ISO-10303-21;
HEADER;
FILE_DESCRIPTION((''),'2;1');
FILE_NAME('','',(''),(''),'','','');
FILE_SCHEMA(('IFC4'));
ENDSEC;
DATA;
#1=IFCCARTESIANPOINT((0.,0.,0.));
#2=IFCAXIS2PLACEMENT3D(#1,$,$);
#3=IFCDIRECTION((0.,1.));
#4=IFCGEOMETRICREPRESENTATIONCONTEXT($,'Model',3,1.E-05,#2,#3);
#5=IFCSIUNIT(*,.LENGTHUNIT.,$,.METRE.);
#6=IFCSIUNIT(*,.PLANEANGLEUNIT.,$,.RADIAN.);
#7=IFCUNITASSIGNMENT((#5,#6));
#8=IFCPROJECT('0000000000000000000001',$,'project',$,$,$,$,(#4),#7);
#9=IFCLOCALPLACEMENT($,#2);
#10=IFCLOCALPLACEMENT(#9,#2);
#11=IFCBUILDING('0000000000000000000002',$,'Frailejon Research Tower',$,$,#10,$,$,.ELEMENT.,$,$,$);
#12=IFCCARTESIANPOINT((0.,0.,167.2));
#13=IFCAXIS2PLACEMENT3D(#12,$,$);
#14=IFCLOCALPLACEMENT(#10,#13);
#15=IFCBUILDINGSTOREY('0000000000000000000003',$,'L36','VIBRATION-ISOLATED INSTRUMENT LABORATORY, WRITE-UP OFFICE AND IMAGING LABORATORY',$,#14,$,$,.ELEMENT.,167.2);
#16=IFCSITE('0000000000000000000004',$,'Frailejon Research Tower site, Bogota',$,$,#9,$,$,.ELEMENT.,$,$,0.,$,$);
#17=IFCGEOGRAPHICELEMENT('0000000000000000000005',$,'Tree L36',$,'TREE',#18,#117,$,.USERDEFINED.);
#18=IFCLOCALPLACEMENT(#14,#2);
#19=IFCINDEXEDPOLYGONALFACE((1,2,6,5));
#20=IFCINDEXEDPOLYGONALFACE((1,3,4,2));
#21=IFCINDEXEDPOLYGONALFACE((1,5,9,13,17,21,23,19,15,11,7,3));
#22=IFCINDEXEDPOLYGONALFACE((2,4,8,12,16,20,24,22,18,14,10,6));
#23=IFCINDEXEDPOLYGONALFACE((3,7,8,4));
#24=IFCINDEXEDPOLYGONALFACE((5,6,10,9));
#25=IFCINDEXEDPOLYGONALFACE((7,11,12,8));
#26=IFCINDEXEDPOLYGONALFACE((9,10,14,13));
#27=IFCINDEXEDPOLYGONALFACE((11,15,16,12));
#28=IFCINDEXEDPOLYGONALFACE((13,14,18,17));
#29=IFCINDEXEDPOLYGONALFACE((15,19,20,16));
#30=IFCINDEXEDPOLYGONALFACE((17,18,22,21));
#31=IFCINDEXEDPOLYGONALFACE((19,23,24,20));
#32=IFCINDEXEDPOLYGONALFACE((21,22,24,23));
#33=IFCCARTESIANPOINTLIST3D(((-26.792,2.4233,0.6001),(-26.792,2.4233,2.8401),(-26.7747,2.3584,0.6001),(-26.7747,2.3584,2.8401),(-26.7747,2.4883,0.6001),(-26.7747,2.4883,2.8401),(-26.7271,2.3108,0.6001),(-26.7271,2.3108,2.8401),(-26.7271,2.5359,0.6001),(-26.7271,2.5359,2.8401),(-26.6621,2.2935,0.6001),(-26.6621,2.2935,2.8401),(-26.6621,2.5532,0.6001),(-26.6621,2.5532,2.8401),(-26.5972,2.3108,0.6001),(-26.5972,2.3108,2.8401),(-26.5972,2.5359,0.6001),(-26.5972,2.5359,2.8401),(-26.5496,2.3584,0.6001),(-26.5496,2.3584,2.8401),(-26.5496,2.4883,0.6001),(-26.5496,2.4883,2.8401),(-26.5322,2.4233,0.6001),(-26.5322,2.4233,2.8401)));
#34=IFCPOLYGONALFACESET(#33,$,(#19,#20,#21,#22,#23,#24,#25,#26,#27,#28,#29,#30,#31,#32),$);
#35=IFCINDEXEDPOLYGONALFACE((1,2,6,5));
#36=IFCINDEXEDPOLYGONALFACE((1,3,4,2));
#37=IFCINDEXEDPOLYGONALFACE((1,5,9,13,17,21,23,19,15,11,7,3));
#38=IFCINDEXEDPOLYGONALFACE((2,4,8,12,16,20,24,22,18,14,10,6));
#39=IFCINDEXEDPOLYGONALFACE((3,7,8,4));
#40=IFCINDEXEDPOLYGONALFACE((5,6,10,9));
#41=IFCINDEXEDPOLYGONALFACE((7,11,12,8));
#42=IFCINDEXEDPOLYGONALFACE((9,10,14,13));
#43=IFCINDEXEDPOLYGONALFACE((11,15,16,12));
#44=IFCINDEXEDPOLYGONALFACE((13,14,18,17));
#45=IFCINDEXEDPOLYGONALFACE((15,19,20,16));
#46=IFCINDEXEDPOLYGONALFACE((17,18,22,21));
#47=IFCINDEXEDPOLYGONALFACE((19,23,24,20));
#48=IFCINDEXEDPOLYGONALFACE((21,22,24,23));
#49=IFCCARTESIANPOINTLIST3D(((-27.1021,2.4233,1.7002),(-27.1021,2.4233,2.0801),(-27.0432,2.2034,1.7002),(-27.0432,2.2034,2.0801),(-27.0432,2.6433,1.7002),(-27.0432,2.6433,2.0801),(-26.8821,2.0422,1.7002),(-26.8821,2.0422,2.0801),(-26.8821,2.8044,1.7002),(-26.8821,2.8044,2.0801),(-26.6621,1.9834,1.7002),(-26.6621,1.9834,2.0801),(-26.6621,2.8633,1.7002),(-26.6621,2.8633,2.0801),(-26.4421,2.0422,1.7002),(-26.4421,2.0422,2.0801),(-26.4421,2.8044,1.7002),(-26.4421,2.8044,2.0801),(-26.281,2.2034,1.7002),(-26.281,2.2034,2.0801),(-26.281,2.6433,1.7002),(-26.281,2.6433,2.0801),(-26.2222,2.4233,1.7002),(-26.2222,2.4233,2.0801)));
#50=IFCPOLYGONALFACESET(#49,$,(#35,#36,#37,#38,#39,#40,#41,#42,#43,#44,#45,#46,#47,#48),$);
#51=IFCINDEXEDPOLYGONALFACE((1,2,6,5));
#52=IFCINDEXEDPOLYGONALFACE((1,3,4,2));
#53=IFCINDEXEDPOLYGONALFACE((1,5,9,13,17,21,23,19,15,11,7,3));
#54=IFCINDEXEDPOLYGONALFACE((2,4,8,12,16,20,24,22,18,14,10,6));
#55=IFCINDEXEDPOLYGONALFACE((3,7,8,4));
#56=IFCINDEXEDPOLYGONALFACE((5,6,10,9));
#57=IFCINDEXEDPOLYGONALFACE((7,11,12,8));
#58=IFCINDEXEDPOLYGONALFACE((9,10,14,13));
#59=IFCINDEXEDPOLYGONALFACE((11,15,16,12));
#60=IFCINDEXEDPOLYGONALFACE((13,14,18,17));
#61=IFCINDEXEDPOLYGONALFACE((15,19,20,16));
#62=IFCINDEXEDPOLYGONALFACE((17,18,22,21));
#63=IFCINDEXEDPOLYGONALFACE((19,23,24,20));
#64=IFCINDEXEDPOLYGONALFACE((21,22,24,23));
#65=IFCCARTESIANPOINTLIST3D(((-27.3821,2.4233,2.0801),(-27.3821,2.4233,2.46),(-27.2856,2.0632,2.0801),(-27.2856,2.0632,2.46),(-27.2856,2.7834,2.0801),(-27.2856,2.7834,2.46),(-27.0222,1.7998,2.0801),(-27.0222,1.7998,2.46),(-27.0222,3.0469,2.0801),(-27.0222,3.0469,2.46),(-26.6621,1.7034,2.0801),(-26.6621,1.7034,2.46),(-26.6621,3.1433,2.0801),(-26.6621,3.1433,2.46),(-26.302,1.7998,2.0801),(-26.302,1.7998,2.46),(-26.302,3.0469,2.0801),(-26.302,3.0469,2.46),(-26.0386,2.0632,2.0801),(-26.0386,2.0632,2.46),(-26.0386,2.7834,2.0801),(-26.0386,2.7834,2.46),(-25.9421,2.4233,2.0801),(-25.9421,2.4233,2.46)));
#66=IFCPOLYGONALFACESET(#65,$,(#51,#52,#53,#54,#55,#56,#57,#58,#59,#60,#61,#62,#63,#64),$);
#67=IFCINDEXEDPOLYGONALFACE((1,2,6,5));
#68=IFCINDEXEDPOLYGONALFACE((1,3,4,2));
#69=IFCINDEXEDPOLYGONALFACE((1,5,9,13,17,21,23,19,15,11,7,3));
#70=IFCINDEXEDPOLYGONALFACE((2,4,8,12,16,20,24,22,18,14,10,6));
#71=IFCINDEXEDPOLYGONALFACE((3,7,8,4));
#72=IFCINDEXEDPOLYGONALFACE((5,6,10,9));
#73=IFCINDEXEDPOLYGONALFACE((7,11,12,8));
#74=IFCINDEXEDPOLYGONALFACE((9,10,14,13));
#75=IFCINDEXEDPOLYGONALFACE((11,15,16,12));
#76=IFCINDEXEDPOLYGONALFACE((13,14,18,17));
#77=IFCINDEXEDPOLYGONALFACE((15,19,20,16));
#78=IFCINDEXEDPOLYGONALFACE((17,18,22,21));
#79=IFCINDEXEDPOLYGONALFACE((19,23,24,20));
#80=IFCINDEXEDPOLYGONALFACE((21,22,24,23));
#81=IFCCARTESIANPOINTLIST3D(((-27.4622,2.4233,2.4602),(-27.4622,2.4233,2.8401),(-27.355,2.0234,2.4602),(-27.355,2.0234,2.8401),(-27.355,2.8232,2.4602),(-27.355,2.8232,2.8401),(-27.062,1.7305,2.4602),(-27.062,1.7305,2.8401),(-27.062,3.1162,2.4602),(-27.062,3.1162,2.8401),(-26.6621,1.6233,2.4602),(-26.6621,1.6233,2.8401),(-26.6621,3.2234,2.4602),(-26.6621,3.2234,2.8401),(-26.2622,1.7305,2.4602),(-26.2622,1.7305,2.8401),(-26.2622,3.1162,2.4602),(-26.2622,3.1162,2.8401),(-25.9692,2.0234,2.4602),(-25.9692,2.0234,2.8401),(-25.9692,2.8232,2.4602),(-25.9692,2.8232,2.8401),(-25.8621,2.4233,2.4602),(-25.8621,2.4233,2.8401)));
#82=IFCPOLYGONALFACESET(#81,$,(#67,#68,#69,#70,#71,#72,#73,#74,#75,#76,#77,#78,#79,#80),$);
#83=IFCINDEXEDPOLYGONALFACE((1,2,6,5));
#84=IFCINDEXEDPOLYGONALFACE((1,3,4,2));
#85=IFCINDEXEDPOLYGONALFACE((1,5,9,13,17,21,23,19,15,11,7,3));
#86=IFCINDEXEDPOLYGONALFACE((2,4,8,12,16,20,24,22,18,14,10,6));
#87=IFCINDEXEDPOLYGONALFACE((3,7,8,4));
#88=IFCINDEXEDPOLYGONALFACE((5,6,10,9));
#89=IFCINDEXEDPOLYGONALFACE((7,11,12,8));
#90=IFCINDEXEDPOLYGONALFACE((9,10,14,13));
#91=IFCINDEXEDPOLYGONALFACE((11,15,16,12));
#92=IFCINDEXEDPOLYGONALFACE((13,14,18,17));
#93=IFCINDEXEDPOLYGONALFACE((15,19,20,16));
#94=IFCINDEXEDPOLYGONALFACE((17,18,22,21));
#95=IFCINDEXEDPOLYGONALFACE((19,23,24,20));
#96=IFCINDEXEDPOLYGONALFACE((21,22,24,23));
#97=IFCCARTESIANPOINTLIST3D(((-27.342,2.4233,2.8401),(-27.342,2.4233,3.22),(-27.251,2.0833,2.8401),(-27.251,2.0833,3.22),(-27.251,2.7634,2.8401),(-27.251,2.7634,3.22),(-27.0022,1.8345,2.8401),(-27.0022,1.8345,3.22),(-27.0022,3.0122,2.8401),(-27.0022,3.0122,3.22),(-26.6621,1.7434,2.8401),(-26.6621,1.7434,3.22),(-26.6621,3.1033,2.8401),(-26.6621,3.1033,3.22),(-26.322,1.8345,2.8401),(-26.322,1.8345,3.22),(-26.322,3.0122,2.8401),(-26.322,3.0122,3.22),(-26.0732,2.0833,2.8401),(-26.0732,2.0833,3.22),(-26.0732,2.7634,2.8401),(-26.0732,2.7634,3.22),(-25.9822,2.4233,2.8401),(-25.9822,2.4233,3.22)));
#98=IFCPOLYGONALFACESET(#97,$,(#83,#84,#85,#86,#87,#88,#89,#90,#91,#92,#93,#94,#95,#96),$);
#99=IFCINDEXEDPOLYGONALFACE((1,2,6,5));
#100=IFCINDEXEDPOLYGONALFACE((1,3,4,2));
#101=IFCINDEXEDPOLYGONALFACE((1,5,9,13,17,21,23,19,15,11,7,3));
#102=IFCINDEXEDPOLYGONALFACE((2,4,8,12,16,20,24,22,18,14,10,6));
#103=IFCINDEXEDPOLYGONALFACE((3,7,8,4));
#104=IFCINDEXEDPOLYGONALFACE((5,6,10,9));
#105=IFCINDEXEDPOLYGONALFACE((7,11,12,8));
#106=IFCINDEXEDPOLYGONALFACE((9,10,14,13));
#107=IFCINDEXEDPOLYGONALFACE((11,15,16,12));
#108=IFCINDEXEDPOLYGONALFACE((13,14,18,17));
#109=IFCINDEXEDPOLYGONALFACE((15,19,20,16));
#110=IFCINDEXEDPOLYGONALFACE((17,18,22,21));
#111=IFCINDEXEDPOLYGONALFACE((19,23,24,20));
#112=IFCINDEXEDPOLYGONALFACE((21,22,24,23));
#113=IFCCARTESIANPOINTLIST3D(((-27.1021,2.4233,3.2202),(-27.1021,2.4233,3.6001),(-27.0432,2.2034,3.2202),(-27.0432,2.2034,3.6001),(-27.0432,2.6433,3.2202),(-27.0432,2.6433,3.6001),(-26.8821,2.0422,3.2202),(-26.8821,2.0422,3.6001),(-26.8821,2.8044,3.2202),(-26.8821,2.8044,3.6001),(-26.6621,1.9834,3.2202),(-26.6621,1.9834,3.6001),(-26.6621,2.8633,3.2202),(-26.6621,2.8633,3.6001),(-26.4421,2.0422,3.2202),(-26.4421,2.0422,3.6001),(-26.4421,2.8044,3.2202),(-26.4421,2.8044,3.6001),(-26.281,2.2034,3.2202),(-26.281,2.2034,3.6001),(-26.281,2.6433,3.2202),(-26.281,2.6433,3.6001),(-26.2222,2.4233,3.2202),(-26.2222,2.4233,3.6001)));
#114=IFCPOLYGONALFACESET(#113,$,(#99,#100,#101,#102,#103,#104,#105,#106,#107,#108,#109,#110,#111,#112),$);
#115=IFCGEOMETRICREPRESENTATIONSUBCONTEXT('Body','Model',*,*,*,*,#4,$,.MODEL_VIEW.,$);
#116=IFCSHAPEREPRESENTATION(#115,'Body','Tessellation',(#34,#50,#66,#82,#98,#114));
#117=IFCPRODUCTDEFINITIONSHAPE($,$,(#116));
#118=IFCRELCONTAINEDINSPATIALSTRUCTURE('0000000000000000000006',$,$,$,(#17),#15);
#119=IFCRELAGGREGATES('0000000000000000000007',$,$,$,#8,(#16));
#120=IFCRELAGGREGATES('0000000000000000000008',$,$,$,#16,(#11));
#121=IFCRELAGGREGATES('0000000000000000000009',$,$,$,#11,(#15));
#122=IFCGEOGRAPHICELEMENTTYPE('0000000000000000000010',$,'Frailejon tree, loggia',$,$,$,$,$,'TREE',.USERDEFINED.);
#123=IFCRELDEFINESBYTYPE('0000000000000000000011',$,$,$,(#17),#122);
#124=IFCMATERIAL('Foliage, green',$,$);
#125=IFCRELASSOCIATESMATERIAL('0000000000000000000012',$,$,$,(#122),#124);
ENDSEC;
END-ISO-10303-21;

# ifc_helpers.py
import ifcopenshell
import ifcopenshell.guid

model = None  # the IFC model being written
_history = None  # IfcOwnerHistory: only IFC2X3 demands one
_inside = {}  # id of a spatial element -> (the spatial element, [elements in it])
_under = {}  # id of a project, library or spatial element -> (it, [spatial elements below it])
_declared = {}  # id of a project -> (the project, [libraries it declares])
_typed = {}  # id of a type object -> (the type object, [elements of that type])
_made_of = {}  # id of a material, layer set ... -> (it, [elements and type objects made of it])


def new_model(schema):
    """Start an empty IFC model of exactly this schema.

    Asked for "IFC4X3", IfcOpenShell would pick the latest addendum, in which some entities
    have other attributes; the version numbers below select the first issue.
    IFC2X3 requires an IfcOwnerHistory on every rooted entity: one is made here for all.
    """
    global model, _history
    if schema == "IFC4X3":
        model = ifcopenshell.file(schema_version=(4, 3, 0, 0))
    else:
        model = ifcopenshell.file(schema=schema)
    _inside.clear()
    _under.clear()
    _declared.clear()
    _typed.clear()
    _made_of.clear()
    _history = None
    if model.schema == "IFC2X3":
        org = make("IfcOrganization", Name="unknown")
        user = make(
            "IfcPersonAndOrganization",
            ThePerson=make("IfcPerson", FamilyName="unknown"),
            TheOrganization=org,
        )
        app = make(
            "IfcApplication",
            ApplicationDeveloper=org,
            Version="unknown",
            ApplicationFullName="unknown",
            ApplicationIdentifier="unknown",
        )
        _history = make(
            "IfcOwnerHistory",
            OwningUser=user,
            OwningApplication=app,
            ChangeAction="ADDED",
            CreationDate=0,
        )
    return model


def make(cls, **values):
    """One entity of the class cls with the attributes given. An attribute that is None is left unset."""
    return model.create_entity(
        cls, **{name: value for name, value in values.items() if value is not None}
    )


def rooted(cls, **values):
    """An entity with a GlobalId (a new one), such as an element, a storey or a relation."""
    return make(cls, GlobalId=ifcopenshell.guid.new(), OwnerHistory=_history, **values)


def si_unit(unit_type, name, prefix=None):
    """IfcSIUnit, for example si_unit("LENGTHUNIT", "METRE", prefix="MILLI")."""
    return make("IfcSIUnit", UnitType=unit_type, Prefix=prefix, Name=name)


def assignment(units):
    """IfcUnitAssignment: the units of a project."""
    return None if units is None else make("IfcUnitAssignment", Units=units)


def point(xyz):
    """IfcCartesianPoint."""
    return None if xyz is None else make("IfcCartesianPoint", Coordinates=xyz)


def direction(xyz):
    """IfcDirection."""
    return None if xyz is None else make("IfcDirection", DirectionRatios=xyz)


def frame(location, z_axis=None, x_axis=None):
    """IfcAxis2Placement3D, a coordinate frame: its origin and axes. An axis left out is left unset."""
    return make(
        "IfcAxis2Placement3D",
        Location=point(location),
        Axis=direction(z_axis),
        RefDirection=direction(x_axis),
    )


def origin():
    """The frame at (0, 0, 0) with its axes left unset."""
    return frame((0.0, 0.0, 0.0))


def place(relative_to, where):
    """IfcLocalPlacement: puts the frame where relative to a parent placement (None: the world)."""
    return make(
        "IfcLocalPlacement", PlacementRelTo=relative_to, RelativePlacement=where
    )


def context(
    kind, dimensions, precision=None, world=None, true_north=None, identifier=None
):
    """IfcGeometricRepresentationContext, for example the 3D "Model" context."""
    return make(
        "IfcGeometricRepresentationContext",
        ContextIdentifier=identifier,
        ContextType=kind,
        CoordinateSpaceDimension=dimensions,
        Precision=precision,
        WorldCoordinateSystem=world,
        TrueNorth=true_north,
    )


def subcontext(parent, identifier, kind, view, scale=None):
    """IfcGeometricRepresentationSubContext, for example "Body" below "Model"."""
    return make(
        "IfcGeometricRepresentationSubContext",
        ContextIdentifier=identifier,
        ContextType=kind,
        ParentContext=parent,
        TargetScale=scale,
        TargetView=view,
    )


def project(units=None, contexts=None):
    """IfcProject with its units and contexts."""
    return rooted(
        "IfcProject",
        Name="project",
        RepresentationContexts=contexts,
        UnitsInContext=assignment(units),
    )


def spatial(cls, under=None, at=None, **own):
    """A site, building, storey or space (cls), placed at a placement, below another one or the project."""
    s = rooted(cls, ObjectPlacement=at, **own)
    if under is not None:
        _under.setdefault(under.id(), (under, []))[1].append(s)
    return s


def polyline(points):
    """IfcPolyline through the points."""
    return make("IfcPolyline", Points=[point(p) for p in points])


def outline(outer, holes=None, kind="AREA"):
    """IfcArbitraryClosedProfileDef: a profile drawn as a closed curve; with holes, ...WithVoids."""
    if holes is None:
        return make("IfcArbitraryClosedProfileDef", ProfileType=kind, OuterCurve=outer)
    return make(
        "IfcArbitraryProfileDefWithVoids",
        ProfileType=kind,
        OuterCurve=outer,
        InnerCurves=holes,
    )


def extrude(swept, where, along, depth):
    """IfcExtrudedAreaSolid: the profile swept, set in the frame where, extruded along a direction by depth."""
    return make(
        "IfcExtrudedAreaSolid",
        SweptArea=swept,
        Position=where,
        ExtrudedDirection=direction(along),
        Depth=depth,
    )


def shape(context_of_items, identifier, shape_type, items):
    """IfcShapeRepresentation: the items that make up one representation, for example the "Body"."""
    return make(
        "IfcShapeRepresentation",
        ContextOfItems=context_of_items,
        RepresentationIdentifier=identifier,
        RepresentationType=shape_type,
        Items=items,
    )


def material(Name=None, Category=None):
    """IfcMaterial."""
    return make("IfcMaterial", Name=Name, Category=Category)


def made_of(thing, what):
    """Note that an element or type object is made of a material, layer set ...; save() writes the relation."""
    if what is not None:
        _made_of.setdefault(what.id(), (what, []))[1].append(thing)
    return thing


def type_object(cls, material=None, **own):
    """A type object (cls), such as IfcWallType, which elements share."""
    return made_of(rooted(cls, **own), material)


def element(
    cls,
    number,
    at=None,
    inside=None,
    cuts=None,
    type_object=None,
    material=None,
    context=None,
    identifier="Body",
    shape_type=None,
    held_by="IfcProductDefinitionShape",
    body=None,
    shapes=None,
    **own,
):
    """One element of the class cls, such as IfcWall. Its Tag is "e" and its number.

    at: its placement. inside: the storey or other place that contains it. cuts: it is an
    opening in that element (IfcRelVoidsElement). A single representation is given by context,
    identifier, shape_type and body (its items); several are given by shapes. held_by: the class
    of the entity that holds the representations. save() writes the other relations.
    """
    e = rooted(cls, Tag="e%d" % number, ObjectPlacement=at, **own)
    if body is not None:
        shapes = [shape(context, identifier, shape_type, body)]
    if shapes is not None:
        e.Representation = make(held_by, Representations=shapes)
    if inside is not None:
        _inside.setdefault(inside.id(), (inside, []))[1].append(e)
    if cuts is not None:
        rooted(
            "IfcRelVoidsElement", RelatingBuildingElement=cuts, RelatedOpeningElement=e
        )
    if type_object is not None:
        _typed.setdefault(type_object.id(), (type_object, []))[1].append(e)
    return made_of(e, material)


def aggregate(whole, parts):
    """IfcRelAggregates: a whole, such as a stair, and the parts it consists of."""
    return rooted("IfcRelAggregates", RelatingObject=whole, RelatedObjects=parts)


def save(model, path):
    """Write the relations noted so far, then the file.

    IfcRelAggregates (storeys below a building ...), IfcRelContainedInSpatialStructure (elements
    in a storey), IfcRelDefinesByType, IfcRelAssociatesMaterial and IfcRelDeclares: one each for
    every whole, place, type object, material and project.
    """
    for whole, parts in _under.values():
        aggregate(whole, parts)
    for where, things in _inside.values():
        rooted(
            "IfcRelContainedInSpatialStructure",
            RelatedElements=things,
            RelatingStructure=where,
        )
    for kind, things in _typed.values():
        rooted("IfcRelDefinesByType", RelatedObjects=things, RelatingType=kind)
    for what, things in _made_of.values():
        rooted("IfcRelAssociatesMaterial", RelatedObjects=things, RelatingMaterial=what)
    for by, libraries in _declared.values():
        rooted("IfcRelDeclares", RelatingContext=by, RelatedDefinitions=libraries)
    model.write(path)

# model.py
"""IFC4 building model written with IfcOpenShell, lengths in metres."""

from ifc_helpers import new_model, si_unit, direction, frame, origin, place, context, subcontext, project, spatial, polyline, outline, extrude, material, type_object, element, save


model = new_model("IFC4")

# Units and contexts
model_context = context("Model", 3, precision=1e-05, world=origin(), true_north=direction((0.0, 1.0)))
body_context = subcontext(model_context, "Body", "Model", "MODEL_VIEW")
ifc_project = project(units=[si_unit("LENGTHUNIT", "METRE"), si_unit("PLANEANGLEUNIT", "RADIAN")], contexts=[model_context])

# Site, building, storey
site_placement = place(None, origin())
site = spatial("IfcSite", under=ifc_project, at=site_placement, Name="Frailejon Research Tower site, Bogota", CompositionType="ELEMENT", RefElevation=0.0)
building_placement = place(site_placement, origin())
building = spatial("IfcBuilding", under=site, at=building_placement, Name="Frailejon Research Tower", CompositionType="ELEMENT")
storey_placement = place(building_placement, frame((0.0, 0.0, 167.2)))
storey = spatial("IfcBuildingStorey", under=building, at=storey_placement, Name="L36", Description="VIBRATION-ISOLATED INSTRUMENT LABORATORY, WRITE-UP OFFICE AND IMAGING LABORATORY", CompositionType="ELEMENT", Elevation=167.2)

# Geographic element
ifc_material_1 = material(Name="Foliage, green")
geographic_element_type = type_object("IfcGeographicElementType", Name="Frailejon tree, loggia", ElementType="TREE", PredefinedType="USERDEFINED", material=ifc_material_1)
geographic_element_placement = place(storey_placement, frame((-26.6621, 2.4233, 0.6001)))
element("IfcGeographicElement", 1, at=geographic_element_placement, inside=storey, type_object=geographic_element_type, Name="Tree L36", ObjectType="TREE", PredefinedType="USERDEFINED", context=body_context, shape_type="SweptSolid", body=[
    extrude(outline(polyline([(0.1299, 0.0), (0.1125, 0.0649), (0.0649, 0.1125), (0.0, 0.1299), (-0.0649, 0.1125), (-0.1125, 0.0649), (-0.1299, 0.0), (-0.1125, -0.0649), (-0.0649, -0.1125), (0.0, -0.1299), (0.0649, -0.1125), (0.1125, -0.0649), (0.1299, 0.0)])), origin(), (0.0, 0.0, 1.0), 2.24),
    extrude(outline(polyline([(0.4399, 0.0), (0.3811, 0.22), (0.22, 0.3811), (0.0, 0.4399), (-0.22, 0.3811), (-0.3811, 0.22), (-0.4399, 0.0), (-0.3811, -0.22), (-0.22, -0.3811), (0.0, -0.4399), (0.22, -0.3811), (0.3811, -0.22), (0.4399, 0.0)])), frame((0.0, 0.0, 1.1001)), (0.0, 0.0, 1.0), 0.3799),
    extrude(outline(polyline([(0.72, 0.0), (0.6235, 0.3601), (0.3601, 0.6235), (0.0, 0.72), (-0.3601, 0.6235), (-0.6235, 0.3601), (-0.72, 0.0), (-0.6235, -0.3601), (-0.3601, -0.6235), (0.0, -0.72), (0.3601, -0.6235), (0.6235, -0.3601), (0.72, 0.0)])), frame((0.0, 0.0, 1.48)), (0.0, 0.0, 1.0), 0.3799),
    extrude(outline(polyline([(0.8, 0.0), (0.6929, 0.3999), (0.3999, 0.6929), (0.0, 0.8), (-0.3999, 0.6929), (-0.6929, 0.3999), (-0.8, 0.0), (-0.6929, -0.3999), (-0.3999, -0.6929), (0.0, -0.8), (0.3999, -0.6929), (0.6929, -0.3999), (0.8, 0.0)])), frame((0.0, 0.0, 1.8601)), (0.0, 0.0, 1.0), 0.3799),
    extrude(outline(polyline([(0.6799, 0.0), (0.5889, 0.3401), (0.3401, 0.5889), (0.0, 0.6799), (-0.3401, 0.5889), (-0.5889, 0.3401), (-0.6799, 0.0), (-0.5889, -0.3401), (-0.3401, -0.5889), (0.0, -0.6799), (0.3401, -0.5889), (0.5889, -0.3401), (0.6799, 0.0)])), frame((0.0, 0.0, 2.24)), (0.0, 0.0, 1.0), 0.3799),
    extrude(outline(polyline([(0.4399, 0.0), (0.3811, 0.22), (0.22, 0.3811), (0.0, 0.4399), (-0.22, 0.3811), (-0.3811, 0.22), (-0.4399, 0.0), (-0.3811, -0.22), (-0.22, -0.3811), (0.0, -0.4399), (0.22, -0.3811), (0.3811, -0.22), (0.4399, 0.0)])), frame((0.0, 0.0, 2.6201)), (0.0, 0.0, 1.0), 0.3799),
])

save(model, "model.ifc")
